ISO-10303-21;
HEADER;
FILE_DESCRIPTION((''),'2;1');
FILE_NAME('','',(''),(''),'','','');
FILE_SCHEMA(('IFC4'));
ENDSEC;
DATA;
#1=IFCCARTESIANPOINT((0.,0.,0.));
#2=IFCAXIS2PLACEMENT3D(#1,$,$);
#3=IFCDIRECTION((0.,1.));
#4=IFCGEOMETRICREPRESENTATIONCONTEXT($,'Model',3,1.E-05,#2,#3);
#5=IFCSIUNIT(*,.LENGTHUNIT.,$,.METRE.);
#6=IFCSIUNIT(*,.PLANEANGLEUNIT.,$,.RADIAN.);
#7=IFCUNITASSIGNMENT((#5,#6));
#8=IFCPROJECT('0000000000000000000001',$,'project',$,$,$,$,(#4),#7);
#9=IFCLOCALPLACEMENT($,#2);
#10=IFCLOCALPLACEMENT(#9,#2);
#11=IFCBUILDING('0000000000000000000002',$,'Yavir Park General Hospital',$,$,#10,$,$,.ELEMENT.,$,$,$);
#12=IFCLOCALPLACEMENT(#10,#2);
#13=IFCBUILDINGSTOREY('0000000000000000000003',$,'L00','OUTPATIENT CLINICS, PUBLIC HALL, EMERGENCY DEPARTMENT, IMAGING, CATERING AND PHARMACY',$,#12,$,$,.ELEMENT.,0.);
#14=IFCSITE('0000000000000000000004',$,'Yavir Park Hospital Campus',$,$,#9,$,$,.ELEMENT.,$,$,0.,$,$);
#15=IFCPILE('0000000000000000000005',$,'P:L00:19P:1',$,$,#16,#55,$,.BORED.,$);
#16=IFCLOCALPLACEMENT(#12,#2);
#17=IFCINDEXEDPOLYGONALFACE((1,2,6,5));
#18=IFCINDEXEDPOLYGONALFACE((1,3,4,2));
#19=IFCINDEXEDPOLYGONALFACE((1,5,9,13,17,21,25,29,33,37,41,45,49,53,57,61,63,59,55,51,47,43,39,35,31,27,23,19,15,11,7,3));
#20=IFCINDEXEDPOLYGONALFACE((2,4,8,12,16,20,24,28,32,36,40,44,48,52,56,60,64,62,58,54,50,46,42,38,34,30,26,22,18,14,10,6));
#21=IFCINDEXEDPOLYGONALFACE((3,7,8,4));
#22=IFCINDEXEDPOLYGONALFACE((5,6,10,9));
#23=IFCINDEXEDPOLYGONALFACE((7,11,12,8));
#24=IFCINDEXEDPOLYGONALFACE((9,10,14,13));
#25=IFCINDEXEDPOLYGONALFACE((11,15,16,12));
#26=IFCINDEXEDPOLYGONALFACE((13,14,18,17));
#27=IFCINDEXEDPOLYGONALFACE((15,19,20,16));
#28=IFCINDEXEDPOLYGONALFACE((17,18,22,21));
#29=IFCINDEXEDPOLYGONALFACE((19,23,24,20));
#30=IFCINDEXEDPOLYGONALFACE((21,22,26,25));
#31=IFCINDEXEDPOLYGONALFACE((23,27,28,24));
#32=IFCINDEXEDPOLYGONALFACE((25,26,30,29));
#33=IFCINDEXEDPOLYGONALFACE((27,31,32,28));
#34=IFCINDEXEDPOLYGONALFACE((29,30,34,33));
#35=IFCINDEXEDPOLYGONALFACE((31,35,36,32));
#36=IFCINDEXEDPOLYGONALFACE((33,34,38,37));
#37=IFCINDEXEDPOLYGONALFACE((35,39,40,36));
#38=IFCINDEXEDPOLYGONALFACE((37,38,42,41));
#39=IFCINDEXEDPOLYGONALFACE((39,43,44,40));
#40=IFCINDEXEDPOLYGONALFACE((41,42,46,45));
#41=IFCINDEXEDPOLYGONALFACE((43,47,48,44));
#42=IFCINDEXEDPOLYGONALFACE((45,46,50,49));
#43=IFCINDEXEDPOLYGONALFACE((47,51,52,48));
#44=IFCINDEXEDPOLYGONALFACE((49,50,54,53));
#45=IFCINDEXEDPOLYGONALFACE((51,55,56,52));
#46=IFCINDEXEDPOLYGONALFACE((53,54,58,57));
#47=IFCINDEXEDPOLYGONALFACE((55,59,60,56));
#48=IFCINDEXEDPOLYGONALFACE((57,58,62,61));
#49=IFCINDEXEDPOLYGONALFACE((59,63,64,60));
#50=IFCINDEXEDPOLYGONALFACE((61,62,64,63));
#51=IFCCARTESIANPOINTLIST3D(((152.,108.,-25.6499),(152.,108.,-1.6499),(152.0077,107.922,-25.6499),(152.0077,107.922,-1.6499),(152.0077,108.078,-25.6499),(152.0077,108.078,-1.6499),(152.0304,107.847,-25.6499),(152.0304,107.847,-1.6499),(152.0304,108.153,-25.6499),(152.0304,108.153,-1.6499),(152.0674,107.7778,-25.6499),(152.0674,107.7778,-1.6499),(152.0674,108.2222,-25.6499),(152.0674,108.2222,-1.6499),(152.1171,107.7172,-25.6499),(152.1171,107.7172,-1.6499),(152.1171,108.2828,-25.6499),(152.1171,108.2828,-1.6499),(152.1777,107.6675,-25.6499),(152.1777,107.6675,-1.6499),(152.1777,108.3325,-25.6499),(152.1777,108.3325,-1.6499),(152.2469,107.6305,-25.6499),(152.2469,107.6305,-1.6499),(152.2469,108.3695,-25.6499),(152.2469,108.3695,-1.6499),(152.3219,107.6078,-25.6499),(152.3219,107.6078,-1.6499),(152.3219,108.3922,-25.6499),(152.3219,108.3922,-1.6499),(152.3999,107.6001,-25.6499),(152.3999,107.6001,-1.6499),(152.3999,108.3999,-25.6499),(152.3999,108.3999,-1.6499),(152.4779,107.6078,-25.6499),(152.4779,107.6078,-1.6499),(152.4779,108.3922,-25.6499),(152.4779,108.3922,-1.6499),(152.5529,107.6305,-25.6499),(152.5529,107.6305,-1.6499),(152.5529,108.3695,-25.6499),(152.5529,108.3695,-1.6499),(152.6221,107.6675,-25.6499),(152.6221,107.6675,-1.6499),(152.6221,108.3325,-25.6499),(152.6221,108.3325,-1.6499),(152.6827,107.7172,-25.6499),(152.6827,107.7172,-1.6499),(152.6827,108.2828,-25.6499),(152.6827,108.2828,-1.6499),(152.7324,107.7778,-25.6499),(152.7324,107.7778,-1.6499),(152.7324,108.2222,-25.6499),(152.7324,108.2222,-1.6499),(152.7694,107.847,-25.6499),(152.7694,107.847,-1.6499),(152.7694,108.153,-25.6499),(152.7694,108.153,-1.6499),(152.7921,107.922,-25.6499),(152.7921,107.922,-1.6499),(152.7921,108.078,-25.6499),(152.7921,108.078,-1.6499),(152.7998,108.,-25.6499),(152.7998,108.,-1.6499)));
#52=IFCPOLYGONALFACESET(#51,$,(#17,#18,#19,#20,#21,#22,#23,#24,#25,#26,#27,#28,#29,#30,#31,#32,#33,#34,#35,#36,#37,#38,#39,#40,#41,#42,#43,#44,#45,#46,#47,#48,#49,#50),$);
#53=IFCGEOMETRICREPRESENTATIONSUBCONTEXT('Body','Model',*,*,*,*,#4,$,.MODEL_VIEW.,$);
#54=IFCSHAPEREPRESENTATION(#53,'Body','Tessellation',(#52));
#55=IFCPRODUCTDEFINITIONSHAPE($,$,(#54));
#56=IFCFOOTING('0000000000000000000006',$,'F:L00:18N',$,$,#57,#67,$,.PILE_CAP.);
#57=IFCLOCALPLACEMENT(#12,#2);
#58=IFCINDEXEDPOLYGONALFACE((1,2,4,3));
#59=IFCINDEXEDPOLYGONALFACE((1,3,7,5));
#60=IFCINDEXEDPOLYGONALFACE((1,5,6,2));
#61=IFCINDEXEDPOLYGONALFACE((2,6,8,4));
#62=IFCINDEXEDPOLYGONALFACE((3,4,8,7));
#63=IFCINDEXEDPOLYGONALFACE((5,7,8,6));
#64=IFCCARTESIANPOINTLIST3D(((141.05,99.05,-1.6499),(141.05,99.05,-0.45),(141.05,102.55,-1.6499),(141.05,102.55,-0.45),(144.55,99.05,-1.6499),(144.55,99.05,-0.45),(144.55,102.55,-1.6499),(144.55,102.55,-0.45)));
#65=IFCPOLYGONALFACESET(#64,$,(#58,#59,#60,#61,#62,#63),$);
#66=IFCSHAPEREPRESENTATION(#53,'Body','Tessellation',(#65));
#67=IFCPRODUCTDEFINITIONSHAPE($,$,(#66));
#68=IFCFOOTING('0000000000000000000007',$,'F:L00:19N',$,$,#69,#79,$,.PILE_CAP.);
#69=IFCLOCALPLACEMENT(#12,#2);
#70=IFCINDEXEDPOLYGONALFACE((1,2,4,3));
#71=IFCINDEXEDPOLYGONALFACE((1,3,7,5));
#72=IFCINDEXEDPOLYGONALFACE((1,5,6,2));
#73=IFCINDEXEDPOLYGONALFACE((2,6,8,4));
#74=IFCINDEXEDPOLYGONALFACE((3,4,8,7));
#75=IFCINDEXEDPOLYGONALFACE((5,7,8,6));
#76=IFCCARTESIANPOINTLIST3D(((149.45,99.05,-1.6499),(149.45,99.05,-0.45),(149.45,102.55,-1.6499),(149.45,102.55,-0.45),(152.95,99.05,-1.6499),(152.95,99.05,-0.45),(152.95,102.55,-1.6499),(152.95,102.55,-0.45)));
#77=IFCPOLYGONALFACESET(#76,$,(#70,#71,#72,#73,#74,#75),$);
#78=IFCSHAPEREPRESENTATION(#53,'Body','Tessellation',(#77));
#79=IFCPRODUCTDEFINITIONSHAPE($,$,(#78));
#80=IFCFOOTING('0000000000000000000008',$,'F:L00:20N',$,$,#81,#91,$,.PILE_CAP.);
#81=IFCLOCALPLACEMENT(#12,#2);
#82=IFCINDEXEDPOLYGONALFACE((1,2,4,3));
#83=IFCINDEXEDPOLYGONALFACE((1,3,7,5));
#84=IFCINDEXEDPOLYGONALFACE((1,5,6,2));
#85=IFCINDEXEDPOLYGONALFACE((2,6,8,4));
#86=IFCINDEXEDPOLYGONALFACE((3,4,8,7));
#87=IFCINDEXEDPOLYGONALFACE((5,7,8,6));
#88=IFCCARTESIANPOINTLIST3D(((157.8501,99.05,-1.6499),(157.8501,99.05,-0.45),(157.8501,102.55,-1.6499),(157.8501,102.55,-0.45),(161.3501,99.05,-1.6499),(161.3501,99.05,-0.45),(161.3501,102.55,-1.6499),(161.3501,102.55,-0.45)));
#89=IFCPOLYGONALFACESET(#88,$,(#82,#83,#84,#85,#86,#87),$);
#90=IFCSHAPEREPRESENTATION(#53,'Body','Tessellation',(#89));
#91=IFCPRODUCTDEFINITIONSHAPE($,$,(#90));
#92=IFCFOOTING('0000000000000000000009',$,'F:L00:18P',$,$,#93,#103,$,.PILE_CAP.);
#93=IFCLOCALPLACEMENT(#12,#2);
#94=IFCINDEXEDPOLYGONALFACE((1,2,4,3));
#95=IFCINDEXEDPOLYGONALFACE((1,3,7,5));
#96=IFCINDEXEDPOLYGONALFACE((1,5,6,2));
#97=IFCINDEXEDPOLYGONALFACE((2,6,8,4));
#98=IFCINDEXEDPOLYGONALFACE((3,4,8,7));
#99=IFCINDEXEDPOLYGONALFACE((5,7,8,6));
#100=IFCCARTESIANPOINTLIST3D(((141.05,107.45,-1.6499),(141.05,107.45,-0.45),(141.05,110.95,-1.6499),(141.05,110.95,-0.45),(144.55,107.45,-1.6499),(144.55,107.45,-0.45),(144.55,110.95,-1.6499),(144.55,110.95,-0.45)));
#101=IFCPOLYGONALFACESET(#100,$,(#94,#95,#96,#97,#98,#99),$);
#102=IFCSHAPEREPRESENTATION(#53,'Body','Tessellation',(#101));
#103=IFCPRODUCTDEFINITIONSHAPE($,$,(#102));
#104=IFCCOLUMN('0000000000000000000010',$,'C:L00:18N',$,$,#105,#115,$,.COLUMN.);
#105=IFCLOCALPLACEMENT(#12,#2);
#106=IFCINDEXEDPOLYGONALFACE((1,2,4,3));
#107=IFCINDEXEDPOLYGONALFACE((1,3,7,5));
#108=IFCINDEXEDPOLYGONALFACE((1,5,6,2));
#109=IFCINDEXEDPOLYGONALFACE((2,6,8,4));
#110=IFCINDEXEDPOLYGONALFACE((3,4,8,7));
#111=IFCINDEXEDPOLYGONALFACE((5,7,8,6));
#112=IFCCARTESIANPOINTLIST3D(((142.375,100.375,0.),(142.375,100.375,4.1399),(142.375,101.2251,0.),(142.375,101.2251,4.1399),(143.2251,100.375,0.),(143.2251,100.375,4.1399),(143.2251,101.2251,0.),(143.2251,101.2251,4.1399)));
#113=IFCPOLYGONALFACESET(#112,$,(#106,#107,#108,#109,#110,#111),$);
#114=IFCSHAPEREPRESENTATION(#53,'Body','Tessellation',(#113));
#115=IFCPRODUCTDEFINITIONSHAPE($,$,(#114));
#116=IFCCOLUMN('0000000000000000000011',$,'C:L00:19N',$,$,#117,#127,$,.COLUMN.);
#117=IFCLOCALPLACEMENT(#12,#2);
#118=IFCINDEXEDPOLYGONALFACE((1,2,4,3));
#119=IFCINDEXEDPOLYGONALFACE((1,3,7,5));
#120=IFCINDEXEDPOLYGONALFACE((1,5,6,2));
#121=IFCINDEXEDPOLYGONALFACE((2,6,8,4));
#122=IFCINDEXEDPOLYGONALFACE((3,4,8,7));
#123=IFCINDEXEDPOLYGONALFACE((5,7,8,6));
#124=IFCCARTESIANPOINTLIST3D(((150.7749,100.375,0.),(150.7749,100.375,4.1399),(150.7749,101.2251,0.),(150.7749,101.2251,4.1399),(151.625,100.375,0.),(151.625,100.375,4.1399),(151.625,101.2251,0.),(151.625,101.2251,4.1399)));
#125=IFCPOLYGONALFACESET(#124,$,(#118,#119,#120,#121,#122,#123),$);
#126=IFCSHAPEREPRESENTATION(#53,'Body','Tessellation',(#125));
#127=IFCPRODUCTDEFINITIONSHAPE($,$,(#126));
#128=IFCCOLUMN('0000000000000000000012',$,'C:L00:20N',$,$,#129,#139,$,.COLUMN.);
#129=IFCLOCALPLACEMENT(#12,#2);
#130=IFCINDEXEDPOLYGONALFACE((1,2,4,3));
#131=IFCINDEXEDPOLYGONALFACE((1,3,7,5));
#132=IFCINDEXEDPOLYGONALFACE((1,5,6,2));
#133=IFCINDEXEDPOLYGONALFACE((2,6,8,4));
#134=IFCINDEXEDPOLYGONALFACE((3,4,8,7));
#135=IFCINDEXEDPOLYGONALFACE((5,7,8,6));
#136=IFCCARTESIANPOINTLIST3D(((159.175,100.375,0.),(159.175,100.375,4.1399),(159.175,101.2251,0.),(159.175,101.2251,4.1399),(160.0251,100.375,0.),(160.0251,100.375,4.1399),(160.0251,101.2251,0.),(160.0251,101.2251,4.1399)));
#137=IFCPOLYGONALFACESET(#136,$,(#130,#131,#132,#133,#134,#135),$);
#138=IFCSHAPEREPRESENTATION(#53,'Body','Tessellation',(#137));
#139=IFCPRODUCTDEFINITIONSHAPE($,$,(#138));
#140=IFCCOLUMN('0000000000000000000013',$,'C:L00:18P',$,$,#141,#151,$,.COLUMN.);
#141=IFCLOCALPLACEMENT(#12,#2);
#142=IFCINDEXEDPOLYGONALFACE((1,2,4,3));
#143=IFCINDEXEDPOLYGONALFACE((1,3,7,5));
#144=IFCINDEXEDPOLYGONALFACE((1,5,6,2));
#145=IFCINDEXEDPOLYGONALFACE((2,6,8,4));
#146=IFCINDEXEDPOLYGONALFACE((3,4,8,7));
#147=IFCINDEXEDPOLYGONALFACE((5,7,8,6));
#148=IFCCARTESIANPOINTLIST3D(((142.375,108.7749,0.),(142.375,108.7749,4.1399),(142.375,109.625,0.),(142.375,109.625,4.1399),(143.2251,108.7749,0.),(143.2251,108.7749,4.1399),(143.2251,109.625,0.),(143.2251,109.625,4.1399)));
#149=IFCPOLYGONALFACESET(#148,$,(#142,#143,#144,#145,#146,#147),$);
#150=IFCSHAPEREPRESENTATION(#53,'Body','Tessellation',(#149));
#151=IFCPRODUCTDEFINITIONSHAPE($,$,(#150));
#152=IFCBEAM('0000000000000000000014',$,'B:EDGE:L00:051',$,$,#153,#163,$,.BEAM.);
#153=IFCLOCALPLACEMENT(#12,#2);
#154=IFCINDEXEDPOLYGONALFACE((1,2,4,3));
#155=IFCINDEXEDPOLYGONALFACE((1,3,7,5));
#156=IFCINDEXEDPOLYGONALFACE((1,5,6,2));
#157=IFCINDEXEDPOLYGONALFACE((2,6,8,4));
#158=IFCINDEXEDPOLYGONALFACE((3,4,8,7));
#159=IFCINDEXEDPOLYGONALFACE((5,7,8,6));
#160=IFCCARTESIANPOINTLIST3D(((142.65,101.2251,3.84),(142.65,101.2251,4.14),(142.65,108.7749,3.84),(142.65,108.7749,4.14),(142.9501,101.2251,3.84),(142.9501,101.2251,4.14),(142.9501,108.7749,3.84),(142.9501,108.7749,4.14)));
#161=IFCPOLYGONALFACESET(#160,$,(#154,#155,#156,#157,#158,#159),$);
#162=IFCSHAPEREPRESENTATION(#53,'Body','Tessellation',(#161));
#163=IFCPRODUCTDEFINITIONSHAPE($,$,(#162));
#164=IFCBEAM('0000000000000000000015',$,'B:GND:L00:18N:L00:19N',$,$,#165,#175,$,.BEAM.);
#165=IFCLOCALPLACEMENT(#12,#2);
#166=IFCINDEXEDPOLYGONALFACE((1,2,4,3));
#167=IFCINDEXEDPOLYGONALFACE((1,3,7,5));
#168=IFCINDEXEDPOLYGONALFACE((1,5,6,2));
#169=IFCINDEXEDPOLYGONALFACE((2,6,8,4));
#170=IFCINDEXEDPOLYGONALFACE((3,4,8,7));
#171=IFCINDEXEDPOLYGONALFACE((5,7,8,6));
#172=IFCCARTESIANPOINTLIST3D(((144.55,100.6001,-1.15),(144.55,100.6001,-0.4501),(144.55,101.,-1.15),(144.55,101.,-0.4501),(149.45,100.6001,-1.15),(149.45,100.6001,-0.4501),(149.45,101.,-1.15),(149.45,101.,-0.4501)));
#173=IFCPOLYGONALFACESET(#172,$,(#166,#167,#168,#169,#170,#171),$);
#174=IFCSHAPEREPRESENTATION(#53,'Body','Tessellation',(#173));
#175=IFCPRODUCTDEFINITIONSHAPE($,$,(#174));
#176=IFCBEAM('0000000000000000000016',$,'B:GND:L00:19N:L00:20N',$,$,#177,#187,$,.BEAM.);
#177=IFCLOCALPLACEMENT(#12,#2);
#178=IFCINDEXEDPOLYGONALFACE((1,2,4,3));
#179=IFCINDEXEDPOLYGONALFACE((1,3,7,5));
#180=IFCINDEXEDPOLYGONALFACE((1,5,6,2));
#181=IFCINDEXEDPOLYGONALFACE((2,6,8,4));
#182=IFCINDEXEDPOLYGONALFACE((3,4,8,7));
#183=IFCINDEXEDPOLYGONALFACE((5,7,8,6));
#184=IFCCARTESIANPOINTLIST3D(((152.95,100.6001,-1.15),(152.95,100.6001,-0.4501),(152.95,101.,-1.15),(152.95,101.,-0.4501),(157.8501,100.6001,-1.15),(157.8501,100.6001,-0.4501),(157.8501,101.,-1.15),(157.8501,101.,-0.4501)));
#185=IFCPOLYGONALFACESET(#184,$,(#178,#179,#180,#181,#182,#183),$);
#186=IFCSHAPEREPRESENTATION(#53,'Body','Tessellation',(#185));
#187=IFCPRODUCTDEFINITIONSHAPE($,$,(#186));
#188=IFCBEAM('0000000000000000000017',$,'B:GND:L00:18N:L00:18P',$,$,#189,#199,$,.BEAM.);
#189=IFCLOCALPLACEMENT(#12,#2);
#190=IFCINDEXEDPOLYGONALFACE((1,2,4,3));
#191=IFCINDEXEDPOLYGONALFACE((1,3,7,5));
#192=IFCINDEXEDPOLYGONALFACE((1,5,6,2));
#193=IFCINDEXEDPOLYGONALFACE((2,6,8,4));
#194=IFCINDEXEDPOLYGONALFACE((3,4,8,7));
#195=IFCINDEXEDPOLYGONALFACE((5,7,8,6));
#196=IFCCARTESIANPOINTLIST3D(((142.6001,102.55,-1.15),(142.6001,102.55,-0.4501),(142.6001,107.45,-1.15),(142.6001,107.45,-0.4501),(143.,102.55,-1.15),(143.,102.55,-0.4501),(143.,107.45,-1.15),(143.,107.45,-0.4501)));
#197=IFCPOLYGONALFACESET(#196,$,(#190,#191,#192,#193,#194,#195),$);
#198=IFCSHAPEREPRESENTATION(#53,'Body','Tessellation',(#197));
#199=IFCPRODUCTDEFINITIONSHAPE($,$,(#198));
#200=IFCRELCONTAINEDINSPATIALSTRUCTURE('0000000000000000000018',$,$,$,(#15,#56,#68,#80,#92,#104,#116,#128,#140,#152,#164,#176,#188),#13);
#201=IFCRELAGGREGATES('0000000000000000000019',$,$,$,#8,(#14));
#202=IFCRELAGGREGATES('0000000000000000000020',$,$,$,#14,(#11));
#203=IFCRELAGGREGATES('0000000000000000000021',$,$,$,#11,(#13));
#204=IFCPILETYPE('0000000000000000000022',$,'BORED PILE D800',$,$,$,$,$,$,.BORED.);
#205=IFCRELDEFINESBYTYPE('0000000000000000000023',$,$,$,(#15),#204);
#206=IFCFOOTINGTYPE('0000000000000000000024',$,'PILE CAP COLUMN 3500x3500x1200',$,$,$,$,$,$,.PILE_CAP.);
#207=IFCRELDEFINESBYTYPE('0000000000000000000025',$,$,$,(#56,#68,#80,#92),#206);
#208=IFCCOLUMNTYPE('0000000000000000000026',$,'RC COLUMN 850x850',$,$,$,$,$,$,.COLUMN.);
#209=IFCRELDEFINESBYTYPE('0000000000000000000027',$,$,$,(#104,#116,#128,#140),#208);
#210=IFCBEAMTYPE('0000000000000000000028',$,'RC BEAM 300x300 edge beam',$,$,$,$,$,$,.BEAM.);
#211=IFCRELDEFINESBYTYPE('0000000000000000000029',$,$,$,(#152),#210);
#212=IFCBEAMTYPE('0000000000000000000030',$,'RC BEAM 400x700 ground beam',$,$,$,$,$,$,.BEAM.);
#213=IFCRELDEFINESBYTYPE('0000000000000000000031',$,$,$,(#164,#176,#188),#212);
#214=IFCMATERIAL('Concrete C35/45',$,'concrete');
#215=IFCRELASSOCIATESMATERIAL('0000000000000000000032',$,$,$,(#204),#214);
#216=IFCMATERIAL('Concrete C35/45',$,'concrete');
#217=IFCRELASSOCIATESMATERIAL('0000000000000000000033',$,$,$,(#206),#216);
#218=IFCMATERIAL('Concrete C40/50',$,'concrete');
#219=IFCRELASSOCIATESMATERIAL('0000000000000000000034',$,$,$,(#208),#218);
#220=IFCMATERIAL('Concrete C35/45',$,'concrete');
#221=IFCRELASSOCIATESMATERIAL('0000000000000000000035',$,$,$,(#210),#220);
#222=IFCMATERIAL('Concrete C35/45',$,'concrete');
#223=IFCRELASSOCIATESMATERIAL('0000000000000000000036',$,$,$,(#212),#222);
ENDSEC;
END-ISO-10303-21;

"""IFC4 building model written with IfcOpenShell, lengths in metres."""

from ifc_helpers import new_model, si_unit, direction, frame, origin, origin_2d, place, context, subcontext, project, spatial, rectangle, circle, extrude, material, material_profile, profile_set, type_object, element, save


model = new_model("IFC4")

# Units and contexts
model_context = context("Model", 3, precision=1e-05, world=origin(), true_north=direction((0.0, 1.0)))
body_context = subcontext(model_context, "Body", "Model", "MODEL_VIEW")
ifc_project = project(units=[si_unit("LENGTHUNIT", "METRE"), si_unit("PLANEANGLEUNIT", "RADIAN")], contexts=[model_context])

# Site, building, storey
site_placement = place(None, origin())
site = spatial("IfcSite", under=ifc_project, at=site_placement, Name="Yavir Park Hospital Campus", CompositionType="ELEMENT", RefElevation=0.0)
building_placement = place(site_placement, origin())
building = spatial("IfcBuilding", under=site, at=building_placement, Name="Yavir Park General Hospital", CompositionType="ELEMENT")
storey_placement = place(building_placement, origin())
storey = spatial("IfcBuildingStorey", under=building, at=storey_placement, Name="L00", Description="OUTPATIENT CLINICS, PUBLIC HALL, EMERGENCY DEPARTMENT, IMAGING, CATERING AND PHARMACY", CompositionType="ELEMENT", Elevation=0.0)

# Pile
ifc_material_1 = material(Name="Concrete C35/45", Category="concrete")
ifc_material_profile_1 = material_profile(ifc_material_1, circle(Radius=0.3999, at=origin_2d()), Name="D800")
ifc_profile_set_1 = profile_set([ifc_material_profile_1], Name="Concrete C35/45")
pile_type = type_object("IfcPileType", Name="BORED PILE D800", PredefinedType="BORED", material=ifc_profile_set_1)
for number, where, z_axis, x_axis, name in (
    (1, (152.3999, 108.0, -1.6499), (0.0, 0.0, -1.0), (1.0, 0.0, 0.0), "P:L00:19P:1"),
):
    element("IfcPile", number, at=place(storey_placement, frame(where, z_axis=z_axis, x_axis=x_axis)), inside=storey, type_object=pile_type, Name=name, PredefinedType="BORED", context=body_context, shape_type="SweptSolid", body=[
        extrude(circle(Radius=0.3999, at=origin_2d()), origin(), (0.0, 0.0, 1.0), 24.0),
    ])

# Footings
ifc_material_2 = material(Name="Concrete C35/45", Category="concrete")
footing_type = type_object("IfcFootingType", Name="PILE CAP COLUMN 3500x3500x1200", PredefinedType="PILE_CAP", material=ifc_material_2)
for number, where, z_axis, x_axis, name in (
    (2, (142.8, 100.8, -1.6499), (0.0, 0.0, 1.0), (1.0, 0.0, 0.0), "F:L00:18N"),
    (3, (151.2, 100.8, -1.6499), (0.0, 0.0, 1.0), (1.0, 0.0, 0.0), "F:L00:19N"),
    (4, (159.6001, 100.8, -1.6499), (0.0, 0.0, 1.0), (1.0, 0.0, 0.0), "F:L00:20N"),
    (5, (142.8, 109.2, -1.6499), (0.0, 0.0, 1.0), (1.0, 0.0, 0.0), "F:L00:18P"),
):
    element("IfcFooting", number, at=place(storey_placement, frame(where, z_axis=z_axis, x_axis=x_axis)), inside=storey, type_object=footing_type, Name=name, PredefinedType="PILE_CAP", context=body_context, shape_type="SweptSolid", body=[
        extrude(rectangle(XDim=3.5, YDim=3.5, at=origin_2d()), origin(), (0.0, 0.0, 1.0), 1.2),
    ])

# Columns
ifc_material_3 = material(Name="Concrete C40/50", Category="concrete")
ifc_material_profile_2 = material_profile(ifc_material_3, rectangle(XDim=0.8501, YDim=0.8501, at=origin_2d()), Name="RC850x850")
ifc_profile_set_2 = profile_set([ifc_material_profile_2], Name="Concrete C40/50")
column_type = type_object("IfcColumnType", Name="RC COLUMN 850x850", PredefinedType="COLUMN", material=ifc_profile_set_2)
for number, where, z_axis, x_axis, name in (
    (6, (142.8, 100.8, 0.0), (0.0, 0.0, 1.0), (1.0, 0.0, 0.0), "C:L00:18N"),
    (7, (151.2, 100.8, 0.0), (0.0, 0.0, 1.0), (1.0, 0.0, 0.0), "C:L00:19N"),
    (8, (159.6001, 100.8, 0.0), (0.0, 0.0, 1.0), (1.0, 0.0, 0.0), "C:L00:20N"),
    (9, (142.8, 109.2, 0.0), (0.0, 0.0, 1.0), (1.0, 0.0, 0.0), "C:L00:18P"),
):
    element("IfcColumn", number, at=place(storey_placement, frame(where, z_axis=z_axis, x_axis=x_axis)), inside=storey, type_object=column_type, Name=name, PredefinedType="COLUMN", context=body_context, shape_type="SweptSolid", body=[
        extrude(rectangle(XDim=0.8501, YDim=0.8501, at=origin_2d()), origin(), (0.0, 0.0, 1.0), 4.1399),
    ])

# Beams
ifc_material_4 = material(Name="Concrete C35/45", Category="concrete")
ifc_material_profile_3 = material_profile(ifc_material_4, rectangle(XDim=0.3, YDim=0.3, at=origin_2d()), Name="RC300x300")
ifc_profile_set_3 = profile_set([ifc_material_profile_3], Name="Concrete C35/45")
beam_type_1 = type_object("IfcBeamType", Name="RC BEAM 300x300 edge beam", PredefinedType="BEAM", material=ifc_profile_set_3)
beam_1_placement = place(storey_placement, frame((142.8, 101.2251, 3.99), z_axis=(0.0, 1.0, 0.0), x_axis=(-1.0, 0.0, 0.0)))
element("IfcBeam", 10, at=beam_1_placement, inside=storey, type_object=beam_type_1, Name="B:EDGE:L00:051", PredefinedType="BEAM", context=body_context, shape_type="SweptSolid", body=[
    extrude(rectangle(XDim=0.3, YDim=0.3, at=origin_2d()), origin(), (0.0, 0.0, 1.0), 7.5498),
])
ifc_material_5 = material(Name="Concrete C35/45", Category="concrete")
ifc_material_profile_4 = material_profile(ifc_material_5, rectangle(XDim=0.3999, YDim=0.7, at=origin_2d()), Name="RC400x700")
ifc_profile_set_4 = profile_set([ifc_material_profile_4], Name="Concrete C35/45")
beam_type_2 = type_object("IfcBeamType", Name="RC BEAM 400x700 ground beam", PredefinedType="BEAM", material=ifc_profile_set_4)
beam_2_placement = place(storey_placement, frame((144.55, 100.8, -0.8), z_axis=(1.0, 0.0, 0.0), x_axis=(0.0, 1.0, 0.0)))
element("IfcBeam", 11, at=beam_2_placement, inside=storey, type_object=beam_type_2, Name="B:GND:L00:18N:L00:19N", PredefinedType="BEAM", context=body_context, shape_type="SweptSolid", body=[
    extrude(rectangle(XDim=0.3999, YDim=0.7, at=origin_2d()), origin(), (0.0, 0.0, 1.0), 4.8999),
])
beam_3_placement = place(storey_placement, frame((152.95, 100.8, -0.8), z_axis=(1.0, 0.0, 0.0), x_axis=(0.0, 1.0, 0.0)))
element("IfcBeam", 12, at=beam_3_placement, inside=storey, type_object=beam_type_2, Name="B:GND:L00:19N:L00:20N", PredefinedType="BEAM", context=body_context, shape_type="SweptSolid", body=[
    extrude(rectangle(XDim=0.3999, YDim=0.7, at=origin_2d()), origin(), (0.0, 0.0, 1.0), 4.9001),
])
for number, where, z_axis, x_axis, name in (
    (13, (142.8, 102.55, -0.8), (0.0, 1.0, 0.0), (-1.0, 0.0, 0.0), "B:GND:L00:18N:L00:18P"),
):
    element("IfcBeam", number, at=place(storey_placement, frame(where, z_axis=z_axis, x_axis=x_axis)), inside=storey, type_object=beam_type_2, Name=name, PredefinedType="BEAM", context=body_context, shape_type="SweptSolid", body=[
        extrude(rectangle(XDim=0.3999, YDim=0.7, at=origin_2d()), origin(), (0.0, 0.0, 1.0), 4.8999),
    ])

save(model, "model.ifc")
